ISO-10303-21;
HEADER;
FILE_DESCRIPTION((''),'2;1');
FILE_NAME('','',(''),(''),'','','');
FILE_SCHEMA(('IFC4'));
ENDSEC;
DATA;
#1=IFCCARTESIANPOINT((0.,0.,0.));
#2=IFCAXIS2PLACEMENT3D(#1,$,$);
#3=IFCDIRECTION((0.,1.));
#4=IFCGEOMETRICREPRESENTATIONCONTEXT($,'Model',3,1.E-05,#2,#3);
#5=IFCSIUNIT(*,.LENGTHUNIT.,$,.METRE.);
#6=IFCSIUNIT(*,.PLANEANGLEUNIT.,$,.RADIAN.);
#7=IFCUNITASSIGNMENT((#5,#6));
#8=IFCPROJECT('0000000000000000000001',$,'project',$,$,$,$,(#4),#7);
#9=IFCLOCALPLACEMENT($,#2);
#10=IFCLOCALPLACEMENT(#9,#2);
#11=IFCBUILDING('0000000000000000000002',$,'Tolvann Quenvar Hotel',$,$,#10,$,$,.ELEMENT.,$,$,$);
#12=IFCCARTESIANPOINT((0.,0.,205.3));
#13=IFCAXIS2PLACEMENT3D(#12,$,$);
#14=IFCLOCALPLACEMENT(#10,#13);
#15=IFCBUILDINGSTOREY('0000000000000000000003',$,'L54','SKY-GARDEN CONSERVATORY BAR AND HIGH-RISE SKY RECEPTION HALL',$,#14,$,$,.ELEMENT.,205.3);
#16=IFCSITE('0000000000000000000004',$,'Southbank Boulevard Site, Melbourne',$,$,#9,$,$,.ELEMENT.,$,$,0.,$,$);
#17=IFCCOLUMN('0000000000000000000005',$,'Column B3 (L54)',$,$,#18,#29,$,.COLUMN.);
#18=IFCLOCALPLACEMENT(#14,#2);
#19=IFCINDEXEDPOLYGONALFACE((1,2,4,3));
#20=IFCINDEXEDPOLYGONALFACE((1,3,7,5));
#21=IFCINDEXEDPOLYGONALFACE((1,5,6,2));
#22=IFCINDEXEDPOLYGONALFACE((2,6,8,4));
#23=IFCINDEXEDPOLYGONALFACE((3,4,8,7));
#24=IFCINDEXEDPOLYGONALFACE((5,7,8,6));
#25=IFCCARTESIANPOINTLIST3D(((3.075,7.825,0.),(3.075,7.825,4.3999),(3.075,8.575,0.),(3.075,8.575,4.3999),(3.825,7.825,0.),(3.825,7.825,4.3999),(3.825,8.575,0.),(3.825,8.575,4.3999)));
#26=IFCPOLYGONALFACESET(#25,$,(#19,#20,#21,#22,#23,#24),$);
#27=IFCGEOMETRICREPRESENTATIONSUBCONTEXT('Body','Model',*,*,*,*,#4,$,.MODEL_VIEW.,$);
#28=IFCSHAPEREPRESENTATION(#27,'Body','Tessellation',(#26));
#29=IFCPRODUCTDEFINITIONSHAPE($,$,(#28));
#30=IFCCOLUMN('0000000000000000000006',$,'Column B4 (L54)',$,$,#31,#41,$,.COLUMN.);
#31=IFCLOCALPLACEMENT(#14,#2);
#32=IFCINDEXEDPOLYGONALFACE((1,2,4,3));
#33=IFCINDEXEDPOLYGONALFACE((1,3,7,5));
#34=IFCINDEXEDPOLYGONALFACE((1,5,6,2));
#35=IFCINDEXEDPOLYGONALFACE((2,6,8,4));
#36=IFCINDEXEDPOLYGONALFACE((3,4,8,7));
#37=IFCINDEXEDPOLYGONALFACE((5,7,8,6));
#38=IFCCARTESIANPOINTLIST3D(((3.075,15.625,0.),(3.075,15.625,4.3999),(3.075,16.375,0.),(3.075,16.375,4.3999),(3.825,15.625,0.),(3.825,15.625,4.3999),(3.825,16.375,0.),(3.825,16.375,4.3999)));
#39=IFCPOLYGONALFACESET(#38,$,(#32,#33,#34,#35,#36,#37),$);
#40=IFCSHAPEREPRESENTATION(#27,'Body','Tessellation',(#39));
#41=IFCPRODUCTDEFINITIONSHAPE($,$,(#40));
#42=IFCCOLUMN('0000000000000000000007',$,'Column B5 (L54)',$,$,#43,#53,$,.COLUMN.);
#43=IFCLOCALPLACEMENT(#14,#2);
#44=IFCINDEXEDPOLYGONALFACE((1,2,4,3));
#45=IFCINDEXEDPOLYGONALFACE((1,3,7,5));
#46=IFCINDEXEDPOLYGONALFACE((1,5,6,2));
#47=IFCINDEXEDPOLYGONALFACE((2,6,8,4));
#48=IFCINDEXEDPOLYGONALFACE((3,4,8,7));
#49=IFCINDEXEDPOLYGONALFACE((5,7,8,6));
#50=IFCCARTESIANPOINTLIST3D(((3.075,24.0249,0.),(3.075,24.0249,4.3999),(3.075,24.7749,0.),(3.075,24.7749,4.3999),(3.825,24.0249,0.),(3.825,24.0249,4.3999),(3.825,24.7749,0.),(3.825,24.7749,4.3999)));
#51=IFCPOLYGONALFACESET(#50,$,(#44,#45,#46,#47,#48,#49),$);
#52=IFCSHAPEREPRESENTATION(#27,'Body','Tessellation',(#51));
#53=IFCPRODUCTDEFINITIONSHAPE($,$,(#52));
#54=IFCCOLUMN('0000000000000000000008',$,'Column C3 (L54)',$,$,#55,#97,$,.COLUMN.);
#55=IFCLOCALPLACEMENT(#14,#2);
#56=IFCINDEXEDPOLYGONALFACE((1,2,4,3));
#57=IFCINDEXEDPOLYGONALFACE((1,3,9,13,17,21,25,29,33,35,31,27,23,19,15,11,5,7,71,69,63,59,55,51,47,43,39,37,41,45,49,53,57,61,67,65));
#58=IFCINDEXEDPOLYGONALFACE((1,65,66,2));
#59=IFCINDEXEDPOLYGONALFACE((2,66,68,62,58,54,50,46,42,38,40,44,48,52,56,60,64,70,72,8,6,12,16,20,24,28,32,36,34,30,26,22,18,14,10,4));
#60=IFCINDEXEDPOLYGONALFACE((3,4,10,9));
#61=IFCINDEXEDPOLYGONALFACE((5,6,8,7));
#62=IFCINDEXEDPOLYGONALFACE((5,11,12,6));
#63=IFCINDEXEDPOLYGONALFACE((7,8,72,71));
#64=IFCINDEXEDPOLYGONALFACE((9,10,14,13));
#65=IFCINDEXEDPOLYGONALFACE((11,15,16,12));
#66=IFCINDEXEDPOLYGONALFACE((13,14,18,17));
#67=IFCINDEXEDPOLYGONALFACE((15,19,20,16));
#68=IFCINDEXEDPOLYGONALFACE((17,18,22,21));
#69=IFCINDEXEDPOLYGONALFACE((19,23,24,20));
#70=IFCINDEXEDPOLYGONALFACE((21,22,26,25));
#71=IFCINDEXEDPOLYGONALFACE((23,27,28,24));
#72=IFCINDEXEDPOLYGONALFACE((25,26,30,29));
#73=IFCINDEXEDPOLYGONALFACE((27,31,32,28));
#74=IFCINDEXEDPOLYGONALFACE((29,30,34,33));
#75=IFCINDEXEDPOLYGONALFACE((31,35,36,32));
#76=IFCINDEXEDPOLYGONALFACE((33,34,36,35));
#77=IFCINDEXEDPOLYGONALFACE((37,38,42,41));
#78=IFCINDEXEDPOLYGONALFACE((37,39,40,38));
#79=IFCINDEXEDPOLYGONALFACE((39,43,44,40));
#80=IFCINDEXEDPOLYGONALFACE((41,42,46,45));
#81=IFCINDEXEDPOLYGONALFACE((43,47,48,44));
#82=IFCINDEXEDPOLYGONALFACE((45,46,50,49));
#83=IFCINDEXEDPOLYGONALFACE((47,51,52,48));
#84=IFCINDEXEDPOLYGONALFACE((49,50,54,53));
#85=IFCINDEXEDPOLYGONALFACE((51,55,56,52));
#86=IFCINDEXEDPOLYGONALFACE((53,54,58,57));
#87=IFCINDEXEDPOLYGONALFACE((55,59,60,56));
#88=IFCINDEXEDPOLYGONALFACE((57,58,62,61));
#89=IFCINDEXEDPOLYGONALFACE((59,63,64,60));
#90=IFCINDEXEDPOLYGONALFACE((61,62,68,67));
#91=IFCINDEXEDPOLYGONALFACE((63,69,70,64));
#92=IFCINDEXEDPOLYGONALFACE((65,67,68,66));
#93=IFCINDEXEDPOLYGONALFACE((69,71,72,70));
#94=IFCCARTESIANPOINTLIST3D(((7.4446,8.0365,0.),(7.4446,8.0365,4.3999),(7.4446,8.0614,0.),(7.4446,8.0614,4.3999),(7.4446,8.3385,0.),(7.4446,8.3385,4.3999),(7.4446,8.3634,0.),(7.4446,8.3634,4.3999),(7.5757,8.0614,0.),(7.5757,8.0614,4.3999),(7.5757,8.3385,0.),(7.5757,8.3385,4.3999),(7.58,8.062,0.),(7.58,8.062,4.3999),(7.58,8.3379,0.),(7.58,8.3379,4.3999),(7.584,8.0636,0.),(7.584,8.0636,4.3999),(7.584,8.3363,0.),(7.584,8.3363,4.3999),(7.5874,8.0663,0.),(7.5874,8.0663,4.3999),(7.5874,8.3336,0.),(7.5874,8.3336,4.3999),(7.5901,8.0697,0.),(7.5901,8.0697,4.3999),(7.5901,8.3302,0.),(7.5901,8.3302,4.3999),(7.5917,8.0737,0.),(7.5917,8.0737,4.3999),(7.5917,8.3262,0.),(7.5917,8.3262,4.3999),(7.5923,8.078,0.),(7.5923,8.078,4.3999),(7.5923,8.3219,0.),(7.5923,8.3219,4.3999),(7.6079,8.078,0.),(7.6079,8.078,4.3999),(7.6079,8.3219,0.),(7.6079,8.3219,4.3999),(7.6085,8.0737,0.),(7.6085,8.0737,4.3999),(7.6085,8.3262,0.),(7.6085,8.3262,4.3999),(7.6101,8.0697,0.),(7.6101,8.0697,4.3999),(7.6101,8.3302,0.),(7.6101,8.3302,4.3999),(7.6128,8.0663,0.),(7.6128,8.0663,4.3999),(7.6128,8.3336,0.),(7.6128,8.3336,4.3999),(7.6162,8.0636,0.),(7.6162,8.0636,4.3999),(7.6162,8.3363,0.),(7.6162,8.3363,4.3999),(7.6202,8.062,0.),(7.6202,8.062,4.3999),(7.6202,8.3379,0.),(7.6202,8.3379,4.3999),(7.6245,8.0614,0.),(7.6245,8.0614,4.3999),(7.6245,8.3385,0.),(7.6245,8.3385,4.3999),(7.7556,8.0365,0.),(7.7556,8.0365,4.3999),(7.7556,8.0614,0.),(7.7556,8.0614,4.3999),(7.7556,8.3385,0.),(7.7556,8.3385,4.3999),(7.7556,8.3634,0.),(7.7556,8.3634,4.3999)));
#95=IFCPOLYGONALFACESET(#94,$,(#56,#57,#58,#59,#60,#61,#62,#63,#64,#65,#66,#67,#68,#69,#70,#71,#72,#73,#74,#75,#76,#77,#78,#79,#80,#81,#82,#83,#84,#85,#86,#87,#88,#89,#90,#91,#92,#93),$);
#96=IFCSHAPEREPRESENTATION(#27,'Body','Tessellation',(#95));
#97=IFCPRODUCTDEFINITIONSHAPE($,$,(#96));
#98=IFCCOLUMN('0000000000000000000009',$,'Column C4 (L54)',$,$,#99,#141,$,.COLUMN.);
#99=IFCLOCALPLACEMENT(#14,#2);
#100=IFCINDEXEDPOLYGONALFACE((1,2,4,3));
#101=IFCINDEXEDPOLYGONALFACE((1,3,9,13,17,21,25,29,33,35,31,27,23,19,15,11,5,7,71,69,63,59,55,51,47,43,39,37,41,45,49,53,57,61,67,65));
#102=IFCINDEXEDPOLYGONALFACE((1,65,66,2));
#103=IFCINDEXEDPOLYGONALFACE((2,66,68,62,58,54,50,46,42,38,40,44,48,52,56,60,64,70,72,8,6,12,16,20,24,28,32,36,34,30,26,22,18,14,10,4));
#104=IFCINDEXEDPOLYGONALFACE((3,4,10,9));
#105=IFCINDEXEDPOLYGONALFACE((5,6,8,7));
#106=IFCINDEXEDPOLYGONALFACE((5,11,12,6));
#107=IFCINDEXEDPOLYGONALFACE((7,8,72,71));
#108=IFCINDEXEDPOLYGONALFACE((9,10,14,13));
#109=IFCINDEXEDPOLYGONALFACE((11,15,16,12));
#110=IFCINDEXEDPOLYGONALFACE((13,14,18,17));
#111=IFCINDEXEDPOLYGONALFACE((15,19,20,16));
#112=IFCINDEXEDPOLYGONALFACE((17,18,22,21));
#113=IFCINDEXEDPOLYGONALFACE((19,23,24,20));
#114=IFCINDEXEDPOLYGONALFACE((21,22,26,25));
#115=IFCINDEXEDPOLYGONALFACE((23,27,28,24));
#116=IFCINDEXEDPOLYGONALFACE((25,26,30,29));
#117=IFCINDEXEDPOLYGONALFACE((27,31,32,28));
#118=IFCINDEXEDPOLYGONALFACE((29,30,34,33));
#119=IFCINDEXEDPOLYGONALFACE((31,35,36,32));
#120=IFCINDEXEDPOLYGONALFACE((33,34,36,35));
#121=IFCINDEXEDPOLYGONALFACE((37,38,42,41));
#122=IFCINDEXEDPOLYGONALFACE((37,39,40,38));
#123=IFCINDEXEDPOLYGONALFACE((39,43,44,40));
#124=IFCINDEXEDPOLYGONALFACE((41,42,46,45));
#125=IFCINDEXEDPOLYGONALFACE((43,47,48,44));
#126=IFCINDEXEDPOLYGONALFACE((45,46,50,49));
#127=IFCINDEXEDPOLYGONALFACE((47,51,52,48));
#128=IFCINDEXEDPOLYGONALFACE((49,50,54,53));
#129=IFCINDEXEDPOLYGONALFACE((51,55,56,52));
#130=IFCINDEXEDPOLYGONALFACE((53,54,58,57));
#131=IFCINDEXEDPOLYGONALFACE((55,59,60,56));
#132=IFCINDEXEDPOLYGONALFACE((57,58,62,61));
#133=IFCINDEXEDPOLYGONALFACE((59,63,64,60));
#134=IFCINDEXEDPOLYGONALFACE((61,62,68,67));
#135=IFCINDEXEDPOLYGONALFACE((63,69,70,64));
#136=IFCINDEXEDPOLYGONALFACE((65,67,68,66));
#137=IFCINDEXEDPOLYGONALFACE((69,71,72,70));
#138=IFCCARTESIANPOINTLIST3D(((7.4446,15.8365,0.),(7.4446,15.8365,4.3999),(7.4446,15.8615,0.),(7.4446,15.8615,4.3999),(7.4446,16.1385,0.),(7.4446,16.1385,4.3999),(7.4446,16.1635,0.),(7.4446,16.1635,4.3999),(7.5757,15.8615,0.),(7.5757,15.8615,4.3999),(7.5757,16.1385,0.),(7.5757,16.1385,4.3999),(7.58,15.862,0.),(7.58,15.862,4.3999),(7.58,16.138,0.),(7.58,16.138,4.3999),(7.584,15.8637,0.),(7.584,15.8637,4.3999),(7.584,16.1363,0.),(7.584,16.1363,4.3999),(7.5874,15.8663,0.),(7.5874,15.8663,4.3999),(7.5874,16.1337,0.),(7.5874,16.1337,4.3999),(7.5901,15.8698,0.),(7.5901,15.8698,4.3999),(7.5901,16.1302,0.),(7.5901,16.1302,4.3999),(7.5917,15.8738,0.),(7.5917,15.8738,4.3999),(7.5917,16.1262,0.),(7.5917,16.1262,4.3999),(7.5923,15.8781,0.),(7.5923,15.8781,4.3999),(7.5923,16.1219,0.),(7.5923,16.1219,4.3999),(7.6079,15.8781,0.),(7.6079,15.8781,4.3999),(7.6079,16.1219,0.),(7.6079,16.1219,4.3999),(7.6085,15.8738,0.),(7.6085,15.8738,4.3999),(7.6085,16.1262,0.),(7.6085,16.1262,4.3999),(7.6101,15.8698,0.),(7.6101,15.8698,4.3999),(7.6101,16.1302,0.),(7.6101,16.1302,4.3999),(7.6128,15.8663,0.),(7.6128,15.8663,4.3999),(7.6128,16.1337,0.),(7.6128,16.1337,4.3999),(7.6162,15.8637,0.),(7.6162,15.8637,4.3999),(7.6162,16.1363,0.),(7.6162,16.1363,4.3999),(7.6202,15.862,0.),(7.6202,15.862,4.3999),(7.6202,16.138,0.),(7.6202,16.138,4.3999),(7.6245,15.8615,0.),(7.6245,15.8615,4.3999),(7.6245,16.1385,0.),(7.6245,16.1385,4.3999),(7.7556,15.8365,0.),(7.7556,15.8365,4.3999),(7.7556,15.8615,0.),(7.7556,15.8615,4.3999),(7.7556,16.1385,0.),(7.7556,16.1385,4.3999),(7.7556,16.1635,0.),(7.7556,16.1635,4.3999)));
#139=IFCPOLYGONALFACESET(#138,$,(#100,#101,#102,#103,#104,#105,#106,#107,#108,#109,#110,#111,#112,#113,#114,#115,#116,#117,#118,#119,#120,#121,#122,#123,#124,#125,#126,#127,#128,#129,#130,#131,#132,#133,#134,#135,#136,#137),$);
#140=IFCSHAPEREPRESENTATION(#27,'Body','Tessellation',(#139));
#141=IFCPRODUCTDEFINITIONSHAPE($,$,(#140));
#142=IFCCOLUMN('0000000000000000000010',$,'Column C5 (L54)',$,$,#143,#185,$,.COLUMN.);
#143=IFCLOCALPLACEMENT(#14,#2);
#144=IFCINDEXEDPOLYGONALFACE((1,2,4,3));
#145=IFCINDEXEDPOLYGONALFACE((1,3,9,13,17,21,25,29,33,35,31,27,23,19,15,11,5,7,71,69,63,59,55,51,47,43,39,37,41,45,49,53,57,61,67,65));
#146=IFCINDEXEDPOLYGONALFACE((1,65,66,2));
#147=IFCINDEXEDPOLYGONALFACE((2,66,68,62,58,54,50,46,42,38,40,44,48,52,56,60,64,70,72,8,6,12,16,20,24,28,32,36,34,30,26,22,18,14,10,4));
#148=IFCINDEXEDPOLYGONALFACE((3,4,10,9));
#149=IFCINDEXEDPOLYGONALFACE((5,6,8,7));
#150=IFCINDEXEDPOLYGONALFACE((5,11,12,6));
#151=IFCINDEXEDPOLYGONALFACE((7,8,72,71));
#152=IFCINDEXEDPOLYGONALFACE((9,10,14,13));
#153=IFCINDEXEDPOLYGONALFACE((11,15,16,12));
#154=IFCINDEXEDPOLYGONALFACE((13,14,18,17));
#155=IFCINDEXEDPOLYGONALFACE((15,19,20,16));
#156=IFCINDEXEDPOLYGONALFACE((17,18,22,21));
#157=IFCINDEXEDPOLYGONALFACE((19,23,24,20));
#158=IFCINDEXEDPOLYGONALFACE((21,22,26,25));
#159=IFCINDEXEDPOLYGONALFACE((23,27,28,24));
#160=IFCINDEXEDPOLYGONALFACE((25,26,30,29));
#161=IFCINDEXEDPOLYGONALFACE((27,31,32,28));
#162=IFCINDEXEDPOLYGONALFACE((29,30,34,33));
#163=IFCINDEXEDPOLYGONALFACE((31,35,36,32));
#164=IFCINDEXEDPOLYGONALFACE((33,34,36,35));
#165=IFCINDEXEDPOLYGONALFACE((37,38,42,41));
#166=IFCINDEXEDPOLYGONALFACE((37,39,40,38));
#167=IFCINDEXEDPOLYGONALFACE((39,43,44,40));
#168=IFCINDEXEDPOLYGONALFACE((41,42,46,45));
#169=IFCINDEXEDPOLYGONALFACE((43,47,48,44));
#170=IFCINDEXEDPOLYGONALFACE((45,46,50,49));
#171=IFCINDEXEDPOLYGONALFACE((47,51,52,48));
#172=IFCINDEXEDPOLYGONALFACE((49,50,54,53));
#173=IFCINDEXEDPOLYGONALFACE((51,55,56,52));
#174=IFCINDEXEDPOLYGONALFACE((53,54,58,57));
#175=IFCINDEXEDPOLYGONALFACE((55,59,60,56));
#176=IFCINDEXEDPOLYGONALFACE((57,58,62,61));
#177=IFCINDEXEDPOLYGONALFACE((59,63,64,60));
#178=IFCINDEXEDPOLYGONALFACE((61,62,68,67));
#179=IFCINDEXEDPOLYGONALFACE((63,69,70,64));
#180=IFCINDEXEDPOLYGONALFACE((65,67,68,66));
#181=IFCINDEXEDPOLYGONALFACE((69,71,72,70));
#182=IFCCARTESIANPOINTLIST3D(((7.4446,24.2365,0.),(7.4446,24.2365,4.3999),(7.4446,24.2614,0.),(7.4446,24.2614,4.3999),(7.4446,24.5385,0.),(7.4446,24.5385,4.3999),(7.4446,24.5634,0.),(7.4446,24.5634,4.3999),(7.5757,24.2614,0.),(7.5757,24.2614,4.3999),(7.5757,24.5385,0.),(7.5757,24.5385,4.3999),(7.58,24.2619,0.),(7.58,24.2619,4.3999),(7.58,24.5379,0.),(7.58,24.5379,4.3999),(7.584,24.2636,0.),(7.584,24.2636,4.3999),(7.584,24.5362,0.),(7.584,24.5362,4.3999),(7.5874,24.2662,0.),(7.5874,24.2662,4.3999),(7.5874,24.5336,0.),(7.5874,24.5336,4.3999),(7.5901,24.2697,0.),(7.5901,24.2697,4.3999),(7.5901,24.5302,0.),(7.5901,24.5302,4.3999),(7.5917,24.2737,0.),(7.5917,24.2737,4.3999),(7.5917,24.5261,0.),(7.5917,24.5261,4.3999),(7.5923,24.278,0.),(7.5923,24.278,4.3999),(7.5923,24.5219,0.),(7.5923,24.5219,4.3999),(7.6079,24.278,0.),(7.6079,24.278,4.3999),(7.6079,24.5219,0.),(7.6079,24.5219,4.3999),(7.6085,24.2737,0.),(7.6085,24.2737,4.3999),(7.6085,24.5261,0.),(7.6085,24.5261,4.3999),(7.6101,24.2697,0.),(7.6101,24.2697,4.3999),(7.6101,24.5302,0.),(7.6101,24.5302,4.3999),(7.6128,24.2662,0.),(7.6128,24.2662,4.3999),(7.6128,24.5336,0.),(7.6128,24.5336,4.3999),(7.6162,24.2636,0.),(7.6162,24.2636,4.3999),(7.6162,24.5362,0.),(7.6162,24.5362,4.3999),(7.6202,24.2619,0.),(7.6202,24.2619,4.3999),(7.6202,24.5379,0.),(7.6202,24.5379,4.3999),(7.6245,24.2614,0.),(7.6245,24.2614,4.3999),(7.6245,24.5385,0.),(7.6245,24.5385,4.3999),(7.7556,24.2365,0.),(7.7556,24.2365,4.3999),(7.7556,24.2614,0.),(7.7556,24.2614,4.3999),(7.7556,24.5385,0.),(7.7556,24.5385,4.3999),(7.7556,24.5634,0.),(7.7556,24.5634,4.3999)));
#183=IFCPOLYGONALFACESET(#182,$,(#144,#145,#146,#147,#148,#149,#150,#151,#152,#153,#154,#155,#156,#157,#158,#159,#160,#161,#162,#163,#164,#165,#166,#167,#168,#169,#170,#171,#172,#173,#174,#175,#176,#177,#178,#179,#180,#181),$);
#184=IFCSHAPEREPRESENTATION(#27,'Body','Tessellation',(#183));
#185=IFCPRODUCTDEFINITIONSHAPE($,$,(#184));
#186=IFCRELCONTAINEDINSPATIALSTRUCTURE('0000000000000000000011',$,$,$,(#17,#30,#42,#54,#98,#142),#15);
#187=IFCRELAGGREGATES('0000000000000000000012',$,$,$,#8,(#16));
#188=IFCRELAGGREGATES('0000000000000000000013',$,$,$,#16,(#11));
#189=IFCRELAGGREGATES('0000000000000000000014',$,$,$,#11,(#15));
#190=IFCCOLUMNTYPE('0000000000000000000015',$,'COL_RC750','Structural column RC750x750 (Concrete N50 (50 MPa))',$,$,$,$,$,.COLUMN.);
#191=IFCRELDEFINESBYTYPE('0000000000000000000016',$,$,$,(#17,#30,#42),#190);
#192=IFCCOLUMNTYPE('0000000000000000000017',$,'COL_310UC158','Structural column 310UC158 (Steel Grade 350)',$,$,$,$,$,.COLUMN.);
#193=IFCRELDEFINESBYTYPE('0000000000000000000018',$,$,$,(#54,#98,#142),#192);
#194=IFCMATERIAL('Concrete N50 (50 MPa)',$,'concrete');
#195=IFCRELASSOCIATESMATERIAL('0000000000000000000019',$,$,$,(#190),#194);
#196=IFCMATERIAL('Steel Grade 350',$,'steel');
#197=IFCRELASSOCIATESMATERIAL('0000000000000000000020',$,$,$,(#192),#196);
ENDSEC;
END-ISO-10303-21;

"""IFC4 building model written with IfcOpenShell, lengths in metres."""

from ifc_helpers import new_model, si_unit, direction, frame, origin, origin_2d, place, context, subcontext, project, spatial, rectangle, i_section, extrude, source, transform, mapped, material, material_profile, profile_set, type_object, type_shapes, element, save


model = new_model("IFC4")

# Units and contexts
model_context = context("Model", 3, precision=1e-05, world=origin(), true_north=direction((0.0, 1.0)))
body_context = subcontext(model_context, "Body", "Model", "MODEL_VIEW")
ifc_project = project(units=[si_unit("LENGTHUNIT", "METRE"), si_unit("PLANEANGLEUNIT", "RADIAN")], contexts=[model_context])

# Site, building, storey
site_placement = place(None, origin())
site = spatial("IfcSite", under=ifc_project, at=site_placement, Name="Southbank Boulevard Site, Melbourne", CompositionType="ELEMENT", RefElevation=0.0)
building_placement = place(site_placement, origin())
building = spatial("IfcBuilding", under=site, at=building_placement, Name="Tolvann Quenvar Hotel", CompositionType="ELEMENT")
storey_placement = place(building_placement, frame((0.0, 0.0, 205.3)))
storey = spatial("IfcBuildingStorey", under=building, at=storey_placement, Name="L54", Description="SKY-GARDEN CONSERVATORY BAR AND HIGH-RISE SKY RECEPTION HALL", CompositionType="ELEMENT", Elevation=205.3)

# Columns
ifc_material_1 = material(Name="Concrete N50 (50 MPa)", Category="concrete")
ifc_material_profile_1 = material_profile(ifc_material_1, rectangle(XDim=0.75, YDim=0.75, at=origin_2d()), Name="RC750x750")
ifc_profile_set_1 = profile_set([ifc_material_profile_1], Name="Concrete N50 (50 MPa)")
column_type_1 = type_object("IfcColumnType", Name="COL_RC750", Description="Structural column RC750x750 (Concrete N50 (50 MPa))", PredefinedType="COLUMN", material=ifc_profile_set_1)
shared_shape_1 = source(origin(), body_context, "Body", "SweptSolid", [
    extrude(rectangle(XDim=0.75, YDim=0.75, at=origin_2d()), origin(), (0.0, 0.0, 1.0), 4.3999),
])
type_shapes(column_type_1, [shared_shape_1])
for number, where, z_axis, x_axis, name in (
    (1, (3.45, 8.2, 0.0), (0.0, 0.0, 1.0), (1.0, 0.0, 0.0), "Column B3 (L54)"),
    (2, (3.45, 16.0, 0.0), (0.0, 0.0, 1.0), (1.0, 0.0, 0.0), "Column B4 (L54)"),
    (3, (3.45, 24.3999, 0.0), (0.0, 0.0, 1.0), (1.0, 0.0, 0.0), "Column B5 (L54)"),
):
    element("IfcColumn", number, at=place(storey_placement, frame(where, z_axis=z_axis, x_axis=x_axis)), inside=storey, type_object=column_type_1, Name=name, PredefinedType="COLUMN", context=body_context, shape_type="MappedRepresentation", body=[
        mapped(shared_shape_1, transform((0.0, 0.0, 0.0), x_axis=(1.0, 0.0, 0.0), y_axis=(0.0, 1.0, 0.0), z_axis=(0.0, 0.0, 1.0), scale=1.0)),
    ])
ifc_material_2 = material(Name="Steel Grade 350", Category="steel")
ifc_material_profile_2 = material_profile(ifc_material_2, i_section(OverallWidth=0.311, OverallDepth=0.3269, WebThickness=0.0156, FlangeThickness=0.0249, FilletRadius=0.0166, at=origin_2d()), Name="310UC158")
ifc_profile_set_2 = profile_set([ifc_material_profile_2], Name="Steel Grade 350")
column_type_2 = type_object("IfcColumnType", Name="COL_310UC158", Description="Structural column 310UC158 (Steel Grade 350)", PredefinedType="COLUMN", material=ifc_profile_set_2)
shared_shape_2 = source(origin(), body_context, "Body", "SweptSolid", [
    extrude(i_section(OverallWidth=0.311, OverallDepth=0.3269, WebThickness=0.0156, FlangeThickness=0.0249, FilletRadius=0.0166, at=origin_2d()), origin(), (0.0, 0.0, 1.0), 4.3999),
])
type_shapes(column_type_2, [shared_shape_2])
for number, where, z_axis, x_axis, name in (
    (4, (7.6001, 8.2, 0.0), (0.0, 0.0, 1.0), (1.0, 0.0, 0.0), "Column C3 (L54)"),
    (5, (7.6001, 16.0, 0.0), (0.0, 0.0, 1.0), (1.0, 0.0, 0.0), "Column C4 (L54)"),
    (6, (7.6001, 24.3999, 0.0), (0.0, 0.0, 1.0), (1.0, 0.0, 0.0), "Column C5 (L54)"),
):
    element("IfcColumn", number, at=place(storey_placement, frame(where, z_axis=z_axis, x_axis=x_axis)), inside=storey, type_object=column_type_2, Name=name, PredefinedType="COLUMN", context=body_context, shape_type="MappedRepresentation", body=[
        mapped(shared_shape_2, transform((0.0, 0.0, 0.0), x_axis=(1.0, 0.0, 0.0), y_axis=(0.0, 1.0, 0.0), z_axis=(0.0, 0.0, 1.0), scale=1.0)),
    ])

save(model, "model.ifc")
